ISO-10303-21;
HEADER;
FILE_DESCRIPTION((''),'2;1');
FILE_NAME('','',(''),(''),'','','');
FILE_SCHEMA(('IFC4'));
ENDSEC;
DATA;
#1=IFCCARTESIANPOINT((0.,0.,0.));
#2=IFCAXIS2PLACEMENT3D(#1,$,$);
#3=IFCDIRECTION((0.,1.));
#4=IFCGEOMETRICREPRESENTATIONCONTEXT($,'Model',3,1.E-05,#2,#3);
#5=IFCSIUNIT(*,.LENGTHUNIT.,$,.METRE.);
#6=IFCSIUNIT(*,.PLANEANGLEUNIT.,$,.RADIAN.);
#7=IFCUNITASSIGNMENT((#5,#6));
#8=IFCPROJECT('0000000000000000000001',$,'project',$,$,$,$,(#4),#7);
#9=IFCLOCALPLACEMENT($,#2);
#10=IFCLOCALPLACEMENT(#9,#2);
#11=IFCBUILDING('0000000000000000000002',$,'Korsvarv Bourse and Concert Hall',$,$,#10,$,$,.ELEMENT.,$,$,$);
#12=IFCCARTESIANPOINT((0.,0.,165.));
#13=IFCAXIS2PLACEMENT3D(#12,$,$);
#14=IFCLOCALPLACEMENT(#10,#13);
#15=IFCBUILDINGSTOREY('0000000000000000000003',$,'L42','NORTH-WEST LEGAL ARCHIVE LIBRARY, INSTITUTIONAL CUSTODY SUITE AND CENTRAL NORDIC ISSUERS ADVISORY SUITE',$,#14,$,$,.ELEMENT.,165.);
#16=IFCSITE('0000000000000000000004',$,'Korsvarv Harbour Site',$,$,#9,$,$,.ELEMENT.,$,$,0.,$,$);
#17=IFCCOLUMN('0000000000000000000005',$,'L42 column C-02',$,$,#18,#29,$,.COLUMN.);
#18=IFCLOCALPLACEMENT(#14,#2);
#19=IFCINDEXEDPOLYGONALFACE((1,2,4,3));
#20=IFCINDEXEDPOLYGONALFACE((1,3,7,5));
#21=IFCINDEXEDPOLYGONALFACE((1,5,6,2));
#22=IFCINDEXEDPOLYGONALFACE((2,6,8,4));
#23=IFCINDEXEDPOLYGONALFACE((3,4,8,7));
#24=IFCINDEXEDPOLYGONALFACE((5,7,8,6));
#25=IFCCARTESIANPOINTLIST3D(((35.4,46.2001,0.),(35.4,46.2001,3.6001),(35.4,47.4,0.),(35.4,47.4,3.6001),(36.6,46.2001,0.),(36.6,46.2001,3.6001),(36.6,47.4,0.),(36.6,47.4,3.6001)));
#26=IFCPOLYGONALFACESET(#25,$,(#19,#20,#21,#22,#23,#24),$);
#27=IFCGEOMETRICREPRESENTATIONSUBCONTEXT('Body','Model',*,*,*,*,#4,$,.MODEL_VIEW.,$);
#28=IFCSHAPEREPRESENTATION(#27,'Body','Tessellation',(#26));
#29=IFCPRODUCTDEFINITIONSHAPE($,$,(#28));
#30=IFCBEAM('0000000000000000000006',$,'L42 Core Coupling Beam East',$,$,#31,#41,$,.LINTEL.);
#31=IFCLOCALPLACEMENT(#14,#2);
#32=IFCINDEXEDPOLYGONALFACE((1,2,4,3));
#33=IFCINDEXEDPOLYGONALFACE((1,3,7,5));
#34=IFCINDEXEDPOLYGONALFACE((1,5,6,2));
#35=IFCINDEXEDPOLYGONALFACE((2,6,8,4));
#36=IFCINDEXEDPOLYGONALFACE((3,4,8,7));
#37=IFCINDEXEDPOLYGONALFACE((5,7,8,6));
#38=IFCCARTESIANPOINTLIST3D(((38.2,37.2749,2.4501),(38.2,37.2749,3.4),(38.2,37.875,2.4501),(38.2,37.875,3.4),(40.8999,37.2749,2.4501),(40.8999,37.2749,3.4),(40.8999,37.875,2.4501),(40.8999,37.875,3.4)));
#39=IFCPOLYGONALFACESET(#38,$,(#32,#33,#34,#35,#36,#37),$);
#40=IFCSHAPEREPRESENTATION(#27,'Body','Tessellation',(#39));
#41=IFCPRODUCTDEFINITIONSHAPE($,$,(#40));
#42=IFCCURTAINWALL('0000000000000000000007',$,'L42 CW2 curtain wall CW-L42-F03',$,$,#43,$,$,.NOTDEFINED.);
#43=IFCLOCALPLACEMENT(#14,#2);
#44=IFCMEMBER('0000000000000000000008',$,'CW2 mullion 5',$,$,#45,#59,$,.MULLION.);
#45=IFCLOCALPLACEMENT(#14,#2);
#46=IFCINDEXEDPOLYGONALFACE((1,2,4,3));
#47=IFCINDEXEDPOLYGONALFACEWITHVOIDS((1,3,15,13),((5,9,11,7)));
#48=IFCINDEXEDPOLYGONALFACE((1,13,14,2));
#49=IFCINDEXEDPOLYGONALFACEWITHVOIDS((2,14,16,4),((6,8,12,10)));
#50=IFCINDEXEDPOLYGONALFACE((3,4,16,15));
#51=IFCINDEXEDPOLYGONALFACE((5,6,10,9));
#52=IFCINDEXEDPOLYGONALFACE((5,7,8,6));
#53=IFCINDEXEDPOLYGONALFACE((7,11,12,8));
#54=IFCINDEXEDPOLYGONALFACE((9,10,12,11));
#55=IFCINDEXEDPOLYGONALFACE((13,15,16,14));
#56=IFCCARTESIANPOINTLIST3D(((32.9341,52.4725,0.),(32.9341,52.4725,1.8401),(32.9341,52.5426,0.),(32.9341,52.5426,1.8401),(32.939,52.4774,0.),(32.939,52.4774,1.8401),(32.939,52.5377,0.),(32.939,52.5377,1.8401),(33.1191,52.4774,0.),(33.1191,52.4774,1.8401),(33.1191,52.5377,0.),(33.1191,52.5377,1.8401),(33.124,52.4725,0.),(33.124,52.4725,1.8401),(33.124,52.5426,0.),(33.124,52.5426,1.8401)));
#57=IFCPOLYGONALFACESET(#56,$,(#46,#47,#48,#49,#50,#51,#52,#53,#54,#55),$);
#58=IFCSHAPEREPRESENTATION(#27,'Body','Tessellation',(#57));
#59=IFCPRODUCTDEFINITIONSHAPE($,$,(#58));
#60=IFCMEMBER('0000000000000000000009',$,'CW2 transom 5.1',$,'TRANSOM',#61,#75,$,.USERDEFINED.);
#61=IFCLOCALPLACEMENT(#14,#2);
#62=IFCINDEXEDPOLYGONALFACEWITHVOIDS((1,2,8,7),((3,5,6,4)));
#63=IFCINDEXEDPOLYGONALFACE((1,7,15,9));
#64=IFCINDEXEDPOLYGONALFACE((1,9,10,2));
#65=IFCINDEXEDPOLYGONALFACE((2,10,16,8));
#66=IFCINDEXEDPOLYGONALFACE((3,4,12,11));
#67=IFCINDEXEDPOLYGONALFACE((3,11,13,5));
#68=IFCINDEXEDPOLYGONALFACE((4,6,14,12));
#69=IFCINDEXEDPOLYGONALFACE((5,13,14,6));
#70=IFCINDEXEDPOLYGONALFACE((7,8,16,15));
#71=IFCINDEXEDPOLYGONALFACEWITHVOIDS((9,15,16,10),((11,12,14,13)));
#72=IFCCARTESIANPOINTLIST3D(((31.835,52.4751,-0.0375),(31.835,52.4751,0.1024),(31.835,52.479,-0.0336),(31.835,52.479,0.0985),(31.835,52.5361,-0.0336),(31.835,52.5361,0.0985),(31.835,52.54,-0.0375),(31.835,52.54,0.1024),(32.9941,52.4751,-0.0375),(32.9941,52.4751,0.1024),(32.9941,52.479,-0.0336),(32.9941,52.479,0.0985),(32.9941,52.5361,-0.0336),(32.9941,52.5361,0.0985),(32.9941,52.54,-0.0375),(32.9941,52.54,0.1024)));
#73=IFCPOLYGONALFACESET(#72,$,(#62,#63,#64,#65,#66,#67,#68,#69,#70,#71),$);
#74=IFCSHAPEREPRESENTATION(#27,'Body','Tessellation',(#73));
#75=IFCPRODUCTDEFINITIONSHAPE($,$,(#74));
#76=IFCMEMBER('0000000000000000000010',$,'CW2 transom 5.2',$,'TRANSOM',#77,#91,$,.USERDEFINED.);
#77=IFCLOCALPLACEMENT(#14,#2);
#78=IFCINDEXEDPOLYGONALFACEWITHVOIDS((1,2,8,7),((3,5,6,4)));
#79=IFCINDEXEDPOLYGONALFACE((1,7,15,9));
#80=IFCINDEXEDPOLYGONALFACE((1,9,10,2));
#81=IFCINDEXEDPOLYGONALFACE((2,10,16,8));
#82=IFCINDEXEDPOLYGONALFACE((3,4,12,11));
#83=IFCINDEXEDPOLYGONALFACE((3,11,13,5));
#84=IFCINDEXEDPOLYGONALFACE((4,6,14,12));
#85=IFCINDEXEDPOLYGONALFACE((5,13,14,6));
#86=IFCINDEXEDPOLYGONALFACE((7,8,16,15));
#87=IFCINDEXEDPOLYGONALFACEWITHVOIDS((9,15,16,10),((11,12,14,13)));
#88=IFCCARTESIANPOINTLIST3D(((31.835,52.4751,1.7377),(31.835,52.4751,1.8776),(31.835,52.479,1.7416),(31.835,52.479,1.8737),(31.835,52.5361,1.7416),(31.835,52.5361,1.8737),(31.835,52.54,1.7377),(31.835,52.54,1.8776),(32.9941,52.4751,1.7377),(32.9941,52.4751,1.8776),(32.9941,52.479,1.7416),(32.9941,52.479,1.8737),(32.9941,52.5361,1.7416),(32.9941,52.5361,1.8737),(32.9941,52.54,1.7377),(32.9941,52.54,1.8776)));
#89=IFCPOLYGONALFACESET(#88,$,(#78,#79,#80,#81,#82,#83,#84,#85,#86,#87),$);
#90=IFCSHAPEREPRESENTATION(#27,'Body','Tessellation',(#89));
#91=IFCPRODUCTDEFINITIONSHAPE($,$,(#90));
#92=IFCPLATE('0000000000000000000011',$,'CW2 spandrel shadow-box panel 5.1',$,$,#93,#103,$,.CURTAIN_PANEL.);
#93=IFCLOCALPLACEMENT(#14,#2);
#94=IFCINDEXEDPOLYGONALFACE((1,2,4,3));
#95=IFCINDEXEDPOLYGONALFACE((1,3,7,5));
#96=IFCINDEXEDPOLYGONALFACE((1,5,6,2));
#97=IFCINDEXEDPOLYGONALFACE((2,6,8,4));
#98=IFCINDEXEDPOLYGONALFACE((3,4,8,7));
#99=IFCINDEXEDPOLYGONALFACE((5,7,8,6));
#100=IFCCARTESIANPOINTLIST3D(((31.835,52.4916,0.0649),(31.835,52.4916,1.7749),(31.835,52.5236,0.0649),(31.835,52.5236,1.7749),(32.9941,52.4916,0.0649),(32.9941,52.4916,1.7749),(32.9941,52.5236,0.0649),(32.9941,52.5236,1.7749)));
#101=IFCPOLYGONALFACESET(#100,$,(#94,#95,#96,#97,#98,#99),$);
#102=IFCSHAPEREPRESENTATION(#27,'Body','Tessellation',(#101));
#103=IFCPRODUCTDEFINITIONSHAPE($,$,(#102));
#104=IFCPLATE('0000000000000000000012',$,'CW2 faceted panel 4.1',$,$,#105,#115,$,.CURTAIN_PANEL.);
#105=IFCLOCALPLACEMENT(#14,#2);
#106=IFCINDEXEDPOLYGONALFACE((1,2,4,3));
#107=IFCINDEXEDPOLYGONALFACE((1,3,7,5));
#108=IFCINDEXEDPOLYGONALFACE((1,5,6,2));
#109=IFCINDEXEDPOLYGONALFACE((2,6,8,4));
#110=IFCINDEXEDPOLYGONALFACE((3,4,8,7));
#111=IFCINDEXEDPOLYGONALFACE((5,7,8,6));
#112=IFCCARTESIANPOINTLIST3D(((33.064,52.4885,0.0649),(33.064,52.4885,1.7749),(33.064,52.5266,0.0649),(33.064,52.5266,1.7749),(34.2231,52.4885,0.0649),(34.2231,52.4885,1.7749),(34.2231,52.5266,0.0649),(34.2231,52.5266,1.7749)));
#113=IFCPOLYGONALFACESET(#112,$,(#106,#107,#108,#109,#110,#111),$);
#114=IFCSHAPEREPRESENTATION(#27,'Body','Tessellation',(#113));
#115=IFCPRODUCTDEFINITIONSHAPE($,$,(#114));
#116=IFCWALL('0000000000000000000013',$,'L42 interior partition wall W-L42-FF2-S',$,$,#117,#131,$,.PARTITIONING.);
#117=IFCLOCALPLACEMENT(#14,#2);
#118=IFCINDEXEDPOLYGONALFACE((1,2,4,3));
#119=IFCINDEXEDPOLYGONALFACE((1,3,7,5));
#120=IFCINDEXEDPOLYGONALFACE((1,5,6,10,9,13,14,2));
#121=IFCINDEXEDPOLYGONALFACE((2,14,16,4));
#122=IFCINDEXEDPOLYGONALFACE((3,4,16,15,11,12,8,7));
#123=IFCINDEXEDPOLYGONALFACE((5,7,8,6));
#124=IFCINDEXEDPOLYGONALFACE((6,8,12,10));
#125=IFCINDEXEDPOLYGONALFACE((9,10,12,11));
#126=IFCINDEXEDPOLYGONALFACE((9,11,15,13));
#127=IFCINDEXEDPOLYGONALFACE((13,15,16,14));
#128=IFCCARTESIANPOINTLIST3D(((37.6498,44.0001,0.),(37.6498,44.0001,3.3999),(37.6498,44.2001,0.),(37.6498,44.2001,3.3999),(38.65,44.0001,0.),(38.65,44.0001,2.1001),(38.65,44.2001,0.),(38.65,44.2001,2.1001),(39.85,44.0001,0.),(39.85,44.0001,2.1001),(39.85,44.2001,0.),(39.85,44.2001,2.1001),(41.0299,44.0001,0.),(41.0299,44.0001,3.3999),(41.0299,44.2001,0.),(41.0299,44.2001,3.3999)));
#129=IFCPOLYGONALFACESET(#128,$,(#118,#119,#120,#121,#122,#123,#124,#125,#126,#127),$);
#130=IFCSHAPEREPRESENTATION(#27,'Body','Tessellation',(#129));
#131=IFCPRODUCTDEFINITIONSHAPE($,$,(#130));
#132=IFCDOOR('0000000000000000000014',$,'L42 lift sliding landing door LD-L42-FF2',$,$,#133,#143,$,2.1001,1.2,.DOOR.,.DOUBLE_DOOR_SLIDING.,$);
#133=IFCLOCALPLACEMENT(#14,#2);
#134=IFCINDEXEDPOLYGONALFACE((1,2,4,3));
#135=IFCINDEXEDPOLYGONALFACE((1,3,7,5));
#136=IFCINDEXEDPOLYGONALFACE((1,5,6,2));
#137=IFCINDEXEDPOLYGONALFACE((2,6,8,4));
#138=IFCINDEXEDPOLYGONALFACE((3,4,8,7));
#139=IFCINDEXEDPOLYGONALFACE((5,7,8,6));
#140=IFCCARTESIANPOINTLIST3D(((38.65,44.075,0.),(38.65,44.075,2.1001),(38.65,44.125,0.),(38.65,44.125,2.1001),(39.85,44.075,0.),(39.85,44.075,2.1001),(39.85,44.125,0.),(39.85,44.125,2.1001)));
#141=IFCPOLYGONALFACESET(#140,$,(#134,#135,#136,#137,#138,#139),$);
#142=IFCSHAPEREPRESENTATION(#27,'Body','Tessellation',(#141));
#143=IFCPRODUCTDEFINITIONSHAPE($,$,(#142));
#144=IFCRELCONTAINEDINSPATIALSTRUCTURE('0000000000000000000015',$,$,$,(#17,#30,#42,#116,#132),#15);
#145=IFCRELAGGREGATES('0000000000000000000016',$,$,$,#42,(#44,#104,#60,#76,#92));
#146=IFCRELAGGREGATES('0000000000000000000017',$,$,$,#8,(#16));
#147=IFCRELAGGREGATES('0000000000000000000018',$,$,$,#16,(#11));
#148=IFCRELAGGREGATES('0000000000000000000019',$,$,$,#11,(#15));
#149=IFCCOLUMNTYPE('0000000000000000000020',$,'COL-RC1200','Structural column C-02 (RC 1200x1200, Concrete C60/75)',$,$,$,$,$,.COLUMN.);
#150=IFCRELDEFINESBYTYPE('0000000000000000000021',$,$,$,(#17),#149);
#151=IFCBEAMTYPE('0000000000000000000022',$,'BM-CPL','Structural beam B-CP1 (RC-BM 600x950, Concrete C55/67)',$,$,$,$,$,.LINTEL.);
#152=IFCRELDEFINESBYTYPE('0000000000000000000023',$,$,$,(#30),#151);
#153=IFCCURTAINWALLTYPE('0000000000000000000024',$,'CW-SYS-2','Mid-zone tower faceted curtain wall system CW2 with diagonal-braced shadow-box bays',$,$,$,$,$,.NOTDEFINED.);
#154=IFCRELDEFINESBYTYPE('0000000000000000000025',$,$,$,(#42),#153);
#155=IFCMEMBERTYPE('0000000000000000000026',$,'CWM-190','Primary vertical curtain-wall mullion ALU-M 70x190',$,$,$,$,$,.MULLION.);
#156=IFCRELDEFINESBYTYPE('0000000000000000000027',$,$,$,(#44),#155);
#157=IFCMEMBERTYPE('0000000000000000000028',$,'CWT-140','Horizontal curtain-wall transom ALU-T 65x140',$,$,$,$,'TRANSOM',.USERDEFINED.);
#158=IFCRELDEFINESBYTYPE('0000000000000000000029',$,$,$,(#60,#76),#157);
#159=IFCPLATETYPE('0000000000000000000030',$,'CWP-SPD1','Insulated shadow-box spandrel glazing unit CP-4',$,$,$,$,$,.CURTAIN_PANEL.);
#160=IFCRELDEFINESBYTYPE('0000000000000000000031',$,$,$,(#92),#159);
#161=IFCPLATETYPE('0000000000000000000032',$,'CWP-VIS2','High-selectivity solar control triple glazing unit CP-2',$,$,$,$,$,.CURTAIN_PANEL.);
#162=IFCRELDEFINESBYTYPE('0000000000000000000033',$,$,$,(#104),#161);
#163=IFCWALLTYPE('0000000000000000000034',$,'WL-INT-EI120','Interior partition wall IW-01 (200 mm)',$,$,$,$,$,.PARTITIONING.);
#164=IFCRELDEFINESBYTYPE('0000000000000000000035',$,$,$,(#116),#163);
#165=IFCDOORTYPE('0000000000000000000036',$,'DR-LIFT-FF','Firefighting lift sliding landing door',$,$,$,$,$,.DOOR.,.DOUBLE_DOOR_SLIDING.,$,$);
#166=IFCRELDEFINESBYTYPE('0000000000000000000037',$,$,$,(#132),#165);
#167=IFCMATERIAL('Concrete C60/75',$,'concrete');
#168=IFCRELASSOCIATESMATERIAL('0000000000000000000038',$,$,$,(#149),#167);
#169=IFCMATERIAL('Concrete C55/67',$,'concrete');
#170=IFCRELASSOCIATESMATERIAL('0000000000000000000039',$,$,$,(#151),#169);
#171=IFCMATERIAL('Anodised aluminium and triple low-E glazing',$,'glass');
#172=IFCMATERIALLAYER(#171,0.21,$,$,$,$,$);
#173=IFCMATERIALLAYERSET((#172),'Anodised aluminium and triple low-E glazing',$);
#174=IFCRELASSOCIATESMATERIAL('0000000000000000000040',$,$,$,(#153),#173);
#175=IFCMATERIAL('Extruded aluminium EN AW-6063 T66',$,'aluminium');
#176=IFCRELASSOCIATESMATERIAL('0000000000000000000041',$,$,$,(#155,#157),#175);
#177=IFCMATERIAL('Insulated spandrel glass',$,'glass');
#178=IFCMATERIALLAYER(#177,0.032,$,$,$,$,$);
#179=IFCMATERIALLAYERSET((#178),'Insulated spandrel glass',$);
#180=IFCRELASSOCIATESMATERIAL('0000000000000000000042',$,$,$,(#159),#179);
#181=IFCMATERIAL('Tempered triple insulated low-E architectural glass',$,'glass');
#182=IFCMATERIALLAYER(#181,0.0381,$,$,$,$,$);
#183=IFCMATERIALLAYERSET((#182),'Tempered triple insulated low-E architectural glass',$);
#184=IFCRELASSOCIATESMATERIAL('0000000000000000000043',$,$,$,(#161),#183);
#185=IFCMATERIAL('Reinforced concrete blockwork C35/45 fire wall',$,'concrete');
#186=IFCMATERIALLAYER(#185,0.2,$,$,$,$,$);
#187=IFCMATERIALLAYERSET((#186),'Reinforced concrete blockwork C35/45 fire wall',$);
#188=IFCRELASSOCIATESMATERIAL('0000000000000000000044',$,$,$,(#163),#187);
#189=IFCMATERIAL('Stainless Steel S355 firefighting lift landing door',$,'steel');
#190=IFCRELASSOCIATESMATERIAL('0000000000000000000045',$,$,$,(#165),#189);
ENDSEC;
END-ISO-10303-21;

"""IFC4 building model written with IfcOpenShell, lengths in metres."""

from ifc_helpers import new_model, si_unit, direction, frame, frame_2d, origin, origin_2d, place, context, subcontext, project, spatial, rectangle, hollow_rectangle, extrude, source, transform, mapped, material, layer, layer_set, material_profile, profile_set, type_object, element, fill, aggregate, save


model = new_model("IFC4")

# Units and contexts
model_context = context("Model", 3, precision=1e-05, world=origin(), true_north=direction((0.0, 1.0)))
body_context = subcontext(model_context, "Body", "Model", "MODEL_VIEW")
ifc_project = project(units=[si_unit("LENGTHUNIT", "METRE"), si_unit("PLANEANGLEUNIT", "RADIAN")], contexts=[model_context])

# Site, building, storey
site_placement = place(None, origin())
site = spatial("IfcSite", under=ifc_project, at=site_placement, Name="Korsvarv Harbour Site", CompositionType="ELEMENT", RefElevation=0.0)
building_placement = place(site_placement, origin())
building = spatial("IfcBuilding", under=site, at=building_placement, Name="Korsvarv Bourse and Concert Hall", CompositionType="ELEMENT")
storey_placement = place(building_placement, frame((0.0, 0.0, 165.0)))
storey = spatial("IfcBuildingStorey", under=building, at=storey_placement, Name="L42", Description="NORTH-WEST LEGAL ARCHIVE LIBRARY, INSTITUTIONAL CUSTODY SUITE AND CENTRAL NORDIC ISSUERS ADVISORY SUITE", CompositionType="ELEMENT", Elevation=165.0)

# Column
ifc_material_1 = material(Name="Concrete C60/75", Category="concrete")
ifc_material_profile_1 = material_profile(ifc_material_1, rectangle(XDim=1.2, YDim=1.2, at=origin_2d()), Name="RC 1200x1200")
ifc_profile_set_1 = profile_set([ifc_material_profile_1], Name="Concrete C60/75")
column_type = type_object("IfcColumnType", Name="COL-RC1200", Description="Structural column C-02 (RC 1200x1200, Concrete C60/75)", PredefinedType="COLUMN", material=ifc_profile_set_1)
shared_shape_1 = source(origin(), body_context, "Body", "SweptSolid", [
    extrude(rectangle(XDim=1.2, YDim=1.2, at=origin_2d()), origin(), (0.0, 0.0, 1.0), 3.6001),
])
column_placement = place(storey_placement, frame((36.0, 46.8, 0.0), z_axis=(0.0, 0.0, 1.0), x_axis=(1.0, 0.0, 0.0)))
element("IfcColumn", 1, at=column_placement, inside=storey, type_object=column_type, Name="L42 column C-02", PredefinedType="COLUMN", context=body_context, shape_type="MappedRepresentation", body=[
    mapped(shared_shape_1, transform((0.0, 0.0, 0.0), scale=1.0)),
])

# Beam
ifc_material_2 = material(Name="Concrete C55/67", Category="concrete")
ifc_material_profile_2 = material_profile(ifc_material_2, rectangle(XDim=0.6001, YDim=0.95, at=origin_2d()), Name="RC-BM 600x950")
ifc_profile_set_2 = profile_set([ifc_material_profile_2], Name="Concrete C55/67")
beam_type = type_object("IfcBeamType", Name="BM-CPL", Description="Structural beam B-CP1 (RC-BM 600x950, Concrete C55/67)", PredefinedType="LINTEL", material=ifc_profile_set_2)
shared_shape_2 = source(origin(), body_context, "Body", "SweptSolid", [
    extrude(rectangle(XDim=0.6001, YDim=0.95, at=origin_2d()), origin(), (0.0, 0.0, 1.0), 2.7),
])
beam_placement = place(storey_placement, frame((38.2, 37.575, 2.925), z_axis=(1.0, 0.0, 0.0), x_axis=(0.0, 1.0, 0.0)))
element("IfcBeam", 2, at=beam_placement, inside=storey, type_object=beam_type, Name="L42 Core Coupling Beam East", PredefinedType="LINTEL", context=body_context, shape_type="MappedRepresentation", body=[
    mapped(shared_shape_2, transform((0.0, 0.0, 0.0), scale=1.0)),
])

# Curtain wall, members, plates
ifc_material_3 = material(Name="Anodised aluminium and triple low-E glazing", Category="glass")
ifc_layer_1 = layer(ifc_material_3, 0.21)
ifc_layer_set_1 = layer_set([ifc_layer_1], Name="Anodised aluminium and triple low-E glazing")
curtain_wall_type = type_object("IfcCurtainWallType", Name="CW-SYS-2", Description="Mid-zone tower faceted curtain wall system CW2 with diagonal-braced shadow-box bays", PredefinedType="NOTDEFINED", material=ifc_layer_set_1)
curtain_wall_placement = place(storey_placement, origin())
curtain_wall = element("IfcCurtainWall", 3, at=curtain_wall_placement, inside=storey, type_object=curtain_wall_type, Name="L42 CW2 curtain wall CW-L42-F03", PredefinedType="NOTDEFINED")
ifc_material_4 = material(Name="Extruded aluminium EN AW-6063 T66", Category="aluminium")
ifc_material_profile_3 = material_profile(ifc_material_4, hollow_rectangle(XDim=0.0701, YDim=0.1899, WallThickness=0.0049, at=origin_2d()), Name="ALU-M 70x190")
ifc_profile_set_3 = profile_set([ifc_material_profile_3], Name="Extruded aluminium EN AW-6063 T66")
member_type_1 = type_object("IfcMemberType", Name="CWM-190", Description="Primary vertical curtain-wall mullion ALU-M 70x190", PredefinedType="MULLION", material=ifc_profile_set_3)
shared_shape_3 = source(origin(), body_context, "Body", "SweptSolid", [
    extrude(hollow_rectangle(XDim=0.0701, YDim=0.1899, WallThickness=0.0049, at=origin_2d()), origin(), (0.0, 0.0, 1.0), 1.8401),
])
member_1_placement = place(storey_placement, frame((33.0291, 52.5076, 0.0), z_axis=(0.0, 0.0, 1.0), x_axis=(0.0, -1.0, 0.0)))
member_1 = element("IfcMember", 4, at=member_1_placement, type_object=member_type_1, Name="CW2 mullion 5", PredefinedType="MULLION", context=body_context, shape_type="MappedRepresentation", body=[
    mapped(shared_shape_3, transform((0.0, 0.0, 0.0), scale=1.0)),
])
ifc_material_profile_4 = material_profile(ifc_material_4, hollow_rectangle(XDim=0.0649, YDim=0.1399, WallThickness=0.0039, at=origin_2d()), Name="ALU-T 65x140")
ifc_profile_set_4 = profile_set([ifc_material_profile_4], Name="Extruded aluminium EN AW-6063 T66")
member_type_2 = type_object("IfcMemberType", Name="CWT-140", Description="Horizontal curtain-wall transom ALU-T 65x140", ElementType="TRANSOM", PredefinedType="USERDEFINED", material=ifc_profile_set_4)
shared_shape_4 = source(origin(), body_context, "Body", "SweptSolid", [
    extrude(hollow_rectangle(XDim=0.0649, YDim=0.1399, WallThickness=0.0039, at=origin_2d()), origin(), (0.0, 0.0, 1.0), 1.1592),
])
member_2_placement = place(storey_placement, frame((32.9941, 52.5076, 0.0325), z_axis=(-1.0, 0.0, 0.0), x_axis=(0.0, -1.0, 0.0)))
member_2 = element("IfcMember", 5, at=member_2_placement, type_object=member_type_2, Name="CW2 transom 5.1", ObjectType="TRANSOM", PredefinedType="USERDEFINED", context=body_context, shape_type="MappedRepresentation", body=[
    mapped(shared_shape_4, transform((0.0, 0.0, 0.0), scale=1.0)),
])
member_3_placement = place(storey_placement, frame((32.9941, 52.5076, 1.8076), z_axis=(-1.0, 0.0, 0.0), x_axis=(0.0, -1.0, 0.0)))
member_3 = element("IfcMember", 6, at=member_3_placement, type_object=member_type_2, Name="CW2 transom 5.2", ObjectType="TRANSOM", PredefinedType="USERDEFINED", context=body_context, shape_type="MappedRepresentation", body=[
    mapped(shared_shape_4, transform((0.0, 0.0, 0.0), scale=1.0)),
])
ifc_material_5 = material(Name="Insulated spandrel glass", Category="glass")
ifc_layer_2 = layer(ifc_material_5, 0.032)
ifc_layer_set_2 = layer_set([ifc_layer_2], Name="Insulated spandrel glass")
plate_type_1 = type_object("IfcPlateType", Name="CWP-SPD1", Description="Insulated shadow-box spandrel glazing unit CP-4", PredefinedType="CURTAIN_PANEL", material=ifc_layer_set_2)
shared_shape_5 = source(origin(), body_context, "Body", "SweptSolid", [
    extrude(rectangle(XDim=1.1592, YDim=0.032, at=origin_2d()), origin(), (0.0, 0.0, 1.0), 1.71),
])
plate_1_placement = place(storey_placement, frame((32.4146, 52.5076, 0.0649), z_axis=(0.0, 0.0, 1.0), x_axis=(-1.0, 0.0, 0.0)))
plate_1 = element("IfcPlate", 7, at=plate_1_placement, type_object=plate_type_1, Name="CW2 spandrel shadow-box panel 5.1", PredefinedType="CURTAIN_PANEL", context=body_context, shape_type="MappedRepresentation", body=[
    mapped(shared_shape_5, transform((0.0, 0.0, 0.0), scale=1.0)),
])
ifc_material_6 = material(Name="Tempered triple insulated low-E architectural glass", Category="glass")
ifc_layer_3 = layer(ifc_material_6, 0.0381)
ifc_layer_set_3 = layer_set([ifc_layer_3], Name="Tempered triple insulated low-E architectural glass")
plate_type_2 = type_object("IfcPlateType", Name="CWP-VIS2", Description="High-selectivity solar control triple glazing unit CP-2", PredefinedType="CURTAIN_PANEL", material=ifc_layer_set_3)
shared_shape_6 = source(origin(), body_context, "Body", "SweptSolid", [
    extrude(rectangle(XDim=1.1592, YDim=0.0381, at=origin_2d()), origin(), (0.0, 0.0, 1.0), 1.71),
])
plate_2_placement = place(storey_placement, frame((33.6436, 52.5076, 0.0649), z_axis=(0.0, 0.0, 1.0), x_axis=(-1.0, 0.0, 0.0)))
plate_2 = element("IfcPlate", 8, at=plate_2_placement, type_object=plate_type_2, Name="CW2 faceted panel 4.1", PredefinedType="CURTAIN_PANEL", context=body_context, shape_type="MappedRepresentation", body=[
    mapped(shared_shape_6, transform((0.0, 0.0, 0.0), scale=1.0)),
])
aggregate(curtain_wall, [member_1, plate_2, member_2, member_3, plate_1])

# Wall, opening, door
ifc_material_7 = material(Name="Reinforced concrete blockwork C35/45 fire wall", Category="concrete")
ifc_layer_4 = layer(ifc_material_7, 0.2)
ifc_layer_set_4 = layer_set([ifc_layer_4], Name="Reinforced concrete blockwork C35/45 fire wall")
wall_type_1 = type_object("IfcWallType", Name="WL-INT-EI120", Description="Interior partition wall IW-01 (200 mm)", PredefinedType="PARTITIONING", material=ifc_layer_set_4)
wall_1_placement = place(storey_placement, frame((37.6499, 44.1001, 0.0), z_axis=(0.0, 0.0, 1.0), x_axis=(1.0, 0.0, 0.0)))
wall_1 = element("IfcWall", 9, at=wall_1_placement, inside=storey, type_object=wall_type_1, Name="L42 interior partition wall W-L42-FF2-S", PredefinedType="PARTITIONING", context=body_context, shape_type="SweptSolid", body=[
    extrude(rectangle(XDim=3.3801, YDim=0.2, at=frame_2d((1.6899, 0.0))), origin(), (0.0, 0.0, 1.0), 3.3999),
])
opening_1_placement = place(wall_1_placement, frame((1.0, 0.0, 0.0)))
opening_1 = element("IfcOpeningElement", 10, at=opening_1_placement, cuts=wall_1, PredefinedType="OPENING", context=body_context, shape_type="SweptSolid", body=[
    extrude(rectangle(XDim=1.2, YDim=2.1001, at=frame_2d((0.6001, 1.05))), frame((0.0, 0.1099, 0.0), z_axis=(0.0, -1.0, 0.0), x_axis=(1.0, 0.0, 0.0)), (0.0, 0.0, 1.0), 0.22),
])
ifc_material_8 = material(Name="Stainless Steel S355 firefighting lift landing door", Category="steel")
door_type_1 = type_object("IfcDoorType", Name="DR-LIFT-FF", Description="Firefighting lift sliding landing door", OperationType="DOUBLE_DOOR_SLIDING", PredefinedType="DOOR", material=ifc_material_8)
door_1_placement = place(opening_1_placement, origin())
door_1 = element("IfcDoor", 11, at=door_1_placement, inside=storey, type_object=door_type_1, Name="L42 lift sliding landing door LD-L42-FF2", OperationType="DOUBLE_DOOR_SLIDING", OverallHeight=2.1001, OverallWidth=1.2, PredefinedType="DOOR", context=body_context, shape_type="SweptSolid", body=[
    extrude(rectangle(XDim=1.2, YDim=2.1001, at=frame_2d((0.6001, 1.05))), frame((0.0, 0.0249, 0.0), z_axis=(0.0, -1.0, 0.0), x_axis=(1.0, 0.0, 0.0)), (0.0, 0.0, 1.0), 0.05),
])
fill(opening_1, door_1)

save(model, "model.ifc")
